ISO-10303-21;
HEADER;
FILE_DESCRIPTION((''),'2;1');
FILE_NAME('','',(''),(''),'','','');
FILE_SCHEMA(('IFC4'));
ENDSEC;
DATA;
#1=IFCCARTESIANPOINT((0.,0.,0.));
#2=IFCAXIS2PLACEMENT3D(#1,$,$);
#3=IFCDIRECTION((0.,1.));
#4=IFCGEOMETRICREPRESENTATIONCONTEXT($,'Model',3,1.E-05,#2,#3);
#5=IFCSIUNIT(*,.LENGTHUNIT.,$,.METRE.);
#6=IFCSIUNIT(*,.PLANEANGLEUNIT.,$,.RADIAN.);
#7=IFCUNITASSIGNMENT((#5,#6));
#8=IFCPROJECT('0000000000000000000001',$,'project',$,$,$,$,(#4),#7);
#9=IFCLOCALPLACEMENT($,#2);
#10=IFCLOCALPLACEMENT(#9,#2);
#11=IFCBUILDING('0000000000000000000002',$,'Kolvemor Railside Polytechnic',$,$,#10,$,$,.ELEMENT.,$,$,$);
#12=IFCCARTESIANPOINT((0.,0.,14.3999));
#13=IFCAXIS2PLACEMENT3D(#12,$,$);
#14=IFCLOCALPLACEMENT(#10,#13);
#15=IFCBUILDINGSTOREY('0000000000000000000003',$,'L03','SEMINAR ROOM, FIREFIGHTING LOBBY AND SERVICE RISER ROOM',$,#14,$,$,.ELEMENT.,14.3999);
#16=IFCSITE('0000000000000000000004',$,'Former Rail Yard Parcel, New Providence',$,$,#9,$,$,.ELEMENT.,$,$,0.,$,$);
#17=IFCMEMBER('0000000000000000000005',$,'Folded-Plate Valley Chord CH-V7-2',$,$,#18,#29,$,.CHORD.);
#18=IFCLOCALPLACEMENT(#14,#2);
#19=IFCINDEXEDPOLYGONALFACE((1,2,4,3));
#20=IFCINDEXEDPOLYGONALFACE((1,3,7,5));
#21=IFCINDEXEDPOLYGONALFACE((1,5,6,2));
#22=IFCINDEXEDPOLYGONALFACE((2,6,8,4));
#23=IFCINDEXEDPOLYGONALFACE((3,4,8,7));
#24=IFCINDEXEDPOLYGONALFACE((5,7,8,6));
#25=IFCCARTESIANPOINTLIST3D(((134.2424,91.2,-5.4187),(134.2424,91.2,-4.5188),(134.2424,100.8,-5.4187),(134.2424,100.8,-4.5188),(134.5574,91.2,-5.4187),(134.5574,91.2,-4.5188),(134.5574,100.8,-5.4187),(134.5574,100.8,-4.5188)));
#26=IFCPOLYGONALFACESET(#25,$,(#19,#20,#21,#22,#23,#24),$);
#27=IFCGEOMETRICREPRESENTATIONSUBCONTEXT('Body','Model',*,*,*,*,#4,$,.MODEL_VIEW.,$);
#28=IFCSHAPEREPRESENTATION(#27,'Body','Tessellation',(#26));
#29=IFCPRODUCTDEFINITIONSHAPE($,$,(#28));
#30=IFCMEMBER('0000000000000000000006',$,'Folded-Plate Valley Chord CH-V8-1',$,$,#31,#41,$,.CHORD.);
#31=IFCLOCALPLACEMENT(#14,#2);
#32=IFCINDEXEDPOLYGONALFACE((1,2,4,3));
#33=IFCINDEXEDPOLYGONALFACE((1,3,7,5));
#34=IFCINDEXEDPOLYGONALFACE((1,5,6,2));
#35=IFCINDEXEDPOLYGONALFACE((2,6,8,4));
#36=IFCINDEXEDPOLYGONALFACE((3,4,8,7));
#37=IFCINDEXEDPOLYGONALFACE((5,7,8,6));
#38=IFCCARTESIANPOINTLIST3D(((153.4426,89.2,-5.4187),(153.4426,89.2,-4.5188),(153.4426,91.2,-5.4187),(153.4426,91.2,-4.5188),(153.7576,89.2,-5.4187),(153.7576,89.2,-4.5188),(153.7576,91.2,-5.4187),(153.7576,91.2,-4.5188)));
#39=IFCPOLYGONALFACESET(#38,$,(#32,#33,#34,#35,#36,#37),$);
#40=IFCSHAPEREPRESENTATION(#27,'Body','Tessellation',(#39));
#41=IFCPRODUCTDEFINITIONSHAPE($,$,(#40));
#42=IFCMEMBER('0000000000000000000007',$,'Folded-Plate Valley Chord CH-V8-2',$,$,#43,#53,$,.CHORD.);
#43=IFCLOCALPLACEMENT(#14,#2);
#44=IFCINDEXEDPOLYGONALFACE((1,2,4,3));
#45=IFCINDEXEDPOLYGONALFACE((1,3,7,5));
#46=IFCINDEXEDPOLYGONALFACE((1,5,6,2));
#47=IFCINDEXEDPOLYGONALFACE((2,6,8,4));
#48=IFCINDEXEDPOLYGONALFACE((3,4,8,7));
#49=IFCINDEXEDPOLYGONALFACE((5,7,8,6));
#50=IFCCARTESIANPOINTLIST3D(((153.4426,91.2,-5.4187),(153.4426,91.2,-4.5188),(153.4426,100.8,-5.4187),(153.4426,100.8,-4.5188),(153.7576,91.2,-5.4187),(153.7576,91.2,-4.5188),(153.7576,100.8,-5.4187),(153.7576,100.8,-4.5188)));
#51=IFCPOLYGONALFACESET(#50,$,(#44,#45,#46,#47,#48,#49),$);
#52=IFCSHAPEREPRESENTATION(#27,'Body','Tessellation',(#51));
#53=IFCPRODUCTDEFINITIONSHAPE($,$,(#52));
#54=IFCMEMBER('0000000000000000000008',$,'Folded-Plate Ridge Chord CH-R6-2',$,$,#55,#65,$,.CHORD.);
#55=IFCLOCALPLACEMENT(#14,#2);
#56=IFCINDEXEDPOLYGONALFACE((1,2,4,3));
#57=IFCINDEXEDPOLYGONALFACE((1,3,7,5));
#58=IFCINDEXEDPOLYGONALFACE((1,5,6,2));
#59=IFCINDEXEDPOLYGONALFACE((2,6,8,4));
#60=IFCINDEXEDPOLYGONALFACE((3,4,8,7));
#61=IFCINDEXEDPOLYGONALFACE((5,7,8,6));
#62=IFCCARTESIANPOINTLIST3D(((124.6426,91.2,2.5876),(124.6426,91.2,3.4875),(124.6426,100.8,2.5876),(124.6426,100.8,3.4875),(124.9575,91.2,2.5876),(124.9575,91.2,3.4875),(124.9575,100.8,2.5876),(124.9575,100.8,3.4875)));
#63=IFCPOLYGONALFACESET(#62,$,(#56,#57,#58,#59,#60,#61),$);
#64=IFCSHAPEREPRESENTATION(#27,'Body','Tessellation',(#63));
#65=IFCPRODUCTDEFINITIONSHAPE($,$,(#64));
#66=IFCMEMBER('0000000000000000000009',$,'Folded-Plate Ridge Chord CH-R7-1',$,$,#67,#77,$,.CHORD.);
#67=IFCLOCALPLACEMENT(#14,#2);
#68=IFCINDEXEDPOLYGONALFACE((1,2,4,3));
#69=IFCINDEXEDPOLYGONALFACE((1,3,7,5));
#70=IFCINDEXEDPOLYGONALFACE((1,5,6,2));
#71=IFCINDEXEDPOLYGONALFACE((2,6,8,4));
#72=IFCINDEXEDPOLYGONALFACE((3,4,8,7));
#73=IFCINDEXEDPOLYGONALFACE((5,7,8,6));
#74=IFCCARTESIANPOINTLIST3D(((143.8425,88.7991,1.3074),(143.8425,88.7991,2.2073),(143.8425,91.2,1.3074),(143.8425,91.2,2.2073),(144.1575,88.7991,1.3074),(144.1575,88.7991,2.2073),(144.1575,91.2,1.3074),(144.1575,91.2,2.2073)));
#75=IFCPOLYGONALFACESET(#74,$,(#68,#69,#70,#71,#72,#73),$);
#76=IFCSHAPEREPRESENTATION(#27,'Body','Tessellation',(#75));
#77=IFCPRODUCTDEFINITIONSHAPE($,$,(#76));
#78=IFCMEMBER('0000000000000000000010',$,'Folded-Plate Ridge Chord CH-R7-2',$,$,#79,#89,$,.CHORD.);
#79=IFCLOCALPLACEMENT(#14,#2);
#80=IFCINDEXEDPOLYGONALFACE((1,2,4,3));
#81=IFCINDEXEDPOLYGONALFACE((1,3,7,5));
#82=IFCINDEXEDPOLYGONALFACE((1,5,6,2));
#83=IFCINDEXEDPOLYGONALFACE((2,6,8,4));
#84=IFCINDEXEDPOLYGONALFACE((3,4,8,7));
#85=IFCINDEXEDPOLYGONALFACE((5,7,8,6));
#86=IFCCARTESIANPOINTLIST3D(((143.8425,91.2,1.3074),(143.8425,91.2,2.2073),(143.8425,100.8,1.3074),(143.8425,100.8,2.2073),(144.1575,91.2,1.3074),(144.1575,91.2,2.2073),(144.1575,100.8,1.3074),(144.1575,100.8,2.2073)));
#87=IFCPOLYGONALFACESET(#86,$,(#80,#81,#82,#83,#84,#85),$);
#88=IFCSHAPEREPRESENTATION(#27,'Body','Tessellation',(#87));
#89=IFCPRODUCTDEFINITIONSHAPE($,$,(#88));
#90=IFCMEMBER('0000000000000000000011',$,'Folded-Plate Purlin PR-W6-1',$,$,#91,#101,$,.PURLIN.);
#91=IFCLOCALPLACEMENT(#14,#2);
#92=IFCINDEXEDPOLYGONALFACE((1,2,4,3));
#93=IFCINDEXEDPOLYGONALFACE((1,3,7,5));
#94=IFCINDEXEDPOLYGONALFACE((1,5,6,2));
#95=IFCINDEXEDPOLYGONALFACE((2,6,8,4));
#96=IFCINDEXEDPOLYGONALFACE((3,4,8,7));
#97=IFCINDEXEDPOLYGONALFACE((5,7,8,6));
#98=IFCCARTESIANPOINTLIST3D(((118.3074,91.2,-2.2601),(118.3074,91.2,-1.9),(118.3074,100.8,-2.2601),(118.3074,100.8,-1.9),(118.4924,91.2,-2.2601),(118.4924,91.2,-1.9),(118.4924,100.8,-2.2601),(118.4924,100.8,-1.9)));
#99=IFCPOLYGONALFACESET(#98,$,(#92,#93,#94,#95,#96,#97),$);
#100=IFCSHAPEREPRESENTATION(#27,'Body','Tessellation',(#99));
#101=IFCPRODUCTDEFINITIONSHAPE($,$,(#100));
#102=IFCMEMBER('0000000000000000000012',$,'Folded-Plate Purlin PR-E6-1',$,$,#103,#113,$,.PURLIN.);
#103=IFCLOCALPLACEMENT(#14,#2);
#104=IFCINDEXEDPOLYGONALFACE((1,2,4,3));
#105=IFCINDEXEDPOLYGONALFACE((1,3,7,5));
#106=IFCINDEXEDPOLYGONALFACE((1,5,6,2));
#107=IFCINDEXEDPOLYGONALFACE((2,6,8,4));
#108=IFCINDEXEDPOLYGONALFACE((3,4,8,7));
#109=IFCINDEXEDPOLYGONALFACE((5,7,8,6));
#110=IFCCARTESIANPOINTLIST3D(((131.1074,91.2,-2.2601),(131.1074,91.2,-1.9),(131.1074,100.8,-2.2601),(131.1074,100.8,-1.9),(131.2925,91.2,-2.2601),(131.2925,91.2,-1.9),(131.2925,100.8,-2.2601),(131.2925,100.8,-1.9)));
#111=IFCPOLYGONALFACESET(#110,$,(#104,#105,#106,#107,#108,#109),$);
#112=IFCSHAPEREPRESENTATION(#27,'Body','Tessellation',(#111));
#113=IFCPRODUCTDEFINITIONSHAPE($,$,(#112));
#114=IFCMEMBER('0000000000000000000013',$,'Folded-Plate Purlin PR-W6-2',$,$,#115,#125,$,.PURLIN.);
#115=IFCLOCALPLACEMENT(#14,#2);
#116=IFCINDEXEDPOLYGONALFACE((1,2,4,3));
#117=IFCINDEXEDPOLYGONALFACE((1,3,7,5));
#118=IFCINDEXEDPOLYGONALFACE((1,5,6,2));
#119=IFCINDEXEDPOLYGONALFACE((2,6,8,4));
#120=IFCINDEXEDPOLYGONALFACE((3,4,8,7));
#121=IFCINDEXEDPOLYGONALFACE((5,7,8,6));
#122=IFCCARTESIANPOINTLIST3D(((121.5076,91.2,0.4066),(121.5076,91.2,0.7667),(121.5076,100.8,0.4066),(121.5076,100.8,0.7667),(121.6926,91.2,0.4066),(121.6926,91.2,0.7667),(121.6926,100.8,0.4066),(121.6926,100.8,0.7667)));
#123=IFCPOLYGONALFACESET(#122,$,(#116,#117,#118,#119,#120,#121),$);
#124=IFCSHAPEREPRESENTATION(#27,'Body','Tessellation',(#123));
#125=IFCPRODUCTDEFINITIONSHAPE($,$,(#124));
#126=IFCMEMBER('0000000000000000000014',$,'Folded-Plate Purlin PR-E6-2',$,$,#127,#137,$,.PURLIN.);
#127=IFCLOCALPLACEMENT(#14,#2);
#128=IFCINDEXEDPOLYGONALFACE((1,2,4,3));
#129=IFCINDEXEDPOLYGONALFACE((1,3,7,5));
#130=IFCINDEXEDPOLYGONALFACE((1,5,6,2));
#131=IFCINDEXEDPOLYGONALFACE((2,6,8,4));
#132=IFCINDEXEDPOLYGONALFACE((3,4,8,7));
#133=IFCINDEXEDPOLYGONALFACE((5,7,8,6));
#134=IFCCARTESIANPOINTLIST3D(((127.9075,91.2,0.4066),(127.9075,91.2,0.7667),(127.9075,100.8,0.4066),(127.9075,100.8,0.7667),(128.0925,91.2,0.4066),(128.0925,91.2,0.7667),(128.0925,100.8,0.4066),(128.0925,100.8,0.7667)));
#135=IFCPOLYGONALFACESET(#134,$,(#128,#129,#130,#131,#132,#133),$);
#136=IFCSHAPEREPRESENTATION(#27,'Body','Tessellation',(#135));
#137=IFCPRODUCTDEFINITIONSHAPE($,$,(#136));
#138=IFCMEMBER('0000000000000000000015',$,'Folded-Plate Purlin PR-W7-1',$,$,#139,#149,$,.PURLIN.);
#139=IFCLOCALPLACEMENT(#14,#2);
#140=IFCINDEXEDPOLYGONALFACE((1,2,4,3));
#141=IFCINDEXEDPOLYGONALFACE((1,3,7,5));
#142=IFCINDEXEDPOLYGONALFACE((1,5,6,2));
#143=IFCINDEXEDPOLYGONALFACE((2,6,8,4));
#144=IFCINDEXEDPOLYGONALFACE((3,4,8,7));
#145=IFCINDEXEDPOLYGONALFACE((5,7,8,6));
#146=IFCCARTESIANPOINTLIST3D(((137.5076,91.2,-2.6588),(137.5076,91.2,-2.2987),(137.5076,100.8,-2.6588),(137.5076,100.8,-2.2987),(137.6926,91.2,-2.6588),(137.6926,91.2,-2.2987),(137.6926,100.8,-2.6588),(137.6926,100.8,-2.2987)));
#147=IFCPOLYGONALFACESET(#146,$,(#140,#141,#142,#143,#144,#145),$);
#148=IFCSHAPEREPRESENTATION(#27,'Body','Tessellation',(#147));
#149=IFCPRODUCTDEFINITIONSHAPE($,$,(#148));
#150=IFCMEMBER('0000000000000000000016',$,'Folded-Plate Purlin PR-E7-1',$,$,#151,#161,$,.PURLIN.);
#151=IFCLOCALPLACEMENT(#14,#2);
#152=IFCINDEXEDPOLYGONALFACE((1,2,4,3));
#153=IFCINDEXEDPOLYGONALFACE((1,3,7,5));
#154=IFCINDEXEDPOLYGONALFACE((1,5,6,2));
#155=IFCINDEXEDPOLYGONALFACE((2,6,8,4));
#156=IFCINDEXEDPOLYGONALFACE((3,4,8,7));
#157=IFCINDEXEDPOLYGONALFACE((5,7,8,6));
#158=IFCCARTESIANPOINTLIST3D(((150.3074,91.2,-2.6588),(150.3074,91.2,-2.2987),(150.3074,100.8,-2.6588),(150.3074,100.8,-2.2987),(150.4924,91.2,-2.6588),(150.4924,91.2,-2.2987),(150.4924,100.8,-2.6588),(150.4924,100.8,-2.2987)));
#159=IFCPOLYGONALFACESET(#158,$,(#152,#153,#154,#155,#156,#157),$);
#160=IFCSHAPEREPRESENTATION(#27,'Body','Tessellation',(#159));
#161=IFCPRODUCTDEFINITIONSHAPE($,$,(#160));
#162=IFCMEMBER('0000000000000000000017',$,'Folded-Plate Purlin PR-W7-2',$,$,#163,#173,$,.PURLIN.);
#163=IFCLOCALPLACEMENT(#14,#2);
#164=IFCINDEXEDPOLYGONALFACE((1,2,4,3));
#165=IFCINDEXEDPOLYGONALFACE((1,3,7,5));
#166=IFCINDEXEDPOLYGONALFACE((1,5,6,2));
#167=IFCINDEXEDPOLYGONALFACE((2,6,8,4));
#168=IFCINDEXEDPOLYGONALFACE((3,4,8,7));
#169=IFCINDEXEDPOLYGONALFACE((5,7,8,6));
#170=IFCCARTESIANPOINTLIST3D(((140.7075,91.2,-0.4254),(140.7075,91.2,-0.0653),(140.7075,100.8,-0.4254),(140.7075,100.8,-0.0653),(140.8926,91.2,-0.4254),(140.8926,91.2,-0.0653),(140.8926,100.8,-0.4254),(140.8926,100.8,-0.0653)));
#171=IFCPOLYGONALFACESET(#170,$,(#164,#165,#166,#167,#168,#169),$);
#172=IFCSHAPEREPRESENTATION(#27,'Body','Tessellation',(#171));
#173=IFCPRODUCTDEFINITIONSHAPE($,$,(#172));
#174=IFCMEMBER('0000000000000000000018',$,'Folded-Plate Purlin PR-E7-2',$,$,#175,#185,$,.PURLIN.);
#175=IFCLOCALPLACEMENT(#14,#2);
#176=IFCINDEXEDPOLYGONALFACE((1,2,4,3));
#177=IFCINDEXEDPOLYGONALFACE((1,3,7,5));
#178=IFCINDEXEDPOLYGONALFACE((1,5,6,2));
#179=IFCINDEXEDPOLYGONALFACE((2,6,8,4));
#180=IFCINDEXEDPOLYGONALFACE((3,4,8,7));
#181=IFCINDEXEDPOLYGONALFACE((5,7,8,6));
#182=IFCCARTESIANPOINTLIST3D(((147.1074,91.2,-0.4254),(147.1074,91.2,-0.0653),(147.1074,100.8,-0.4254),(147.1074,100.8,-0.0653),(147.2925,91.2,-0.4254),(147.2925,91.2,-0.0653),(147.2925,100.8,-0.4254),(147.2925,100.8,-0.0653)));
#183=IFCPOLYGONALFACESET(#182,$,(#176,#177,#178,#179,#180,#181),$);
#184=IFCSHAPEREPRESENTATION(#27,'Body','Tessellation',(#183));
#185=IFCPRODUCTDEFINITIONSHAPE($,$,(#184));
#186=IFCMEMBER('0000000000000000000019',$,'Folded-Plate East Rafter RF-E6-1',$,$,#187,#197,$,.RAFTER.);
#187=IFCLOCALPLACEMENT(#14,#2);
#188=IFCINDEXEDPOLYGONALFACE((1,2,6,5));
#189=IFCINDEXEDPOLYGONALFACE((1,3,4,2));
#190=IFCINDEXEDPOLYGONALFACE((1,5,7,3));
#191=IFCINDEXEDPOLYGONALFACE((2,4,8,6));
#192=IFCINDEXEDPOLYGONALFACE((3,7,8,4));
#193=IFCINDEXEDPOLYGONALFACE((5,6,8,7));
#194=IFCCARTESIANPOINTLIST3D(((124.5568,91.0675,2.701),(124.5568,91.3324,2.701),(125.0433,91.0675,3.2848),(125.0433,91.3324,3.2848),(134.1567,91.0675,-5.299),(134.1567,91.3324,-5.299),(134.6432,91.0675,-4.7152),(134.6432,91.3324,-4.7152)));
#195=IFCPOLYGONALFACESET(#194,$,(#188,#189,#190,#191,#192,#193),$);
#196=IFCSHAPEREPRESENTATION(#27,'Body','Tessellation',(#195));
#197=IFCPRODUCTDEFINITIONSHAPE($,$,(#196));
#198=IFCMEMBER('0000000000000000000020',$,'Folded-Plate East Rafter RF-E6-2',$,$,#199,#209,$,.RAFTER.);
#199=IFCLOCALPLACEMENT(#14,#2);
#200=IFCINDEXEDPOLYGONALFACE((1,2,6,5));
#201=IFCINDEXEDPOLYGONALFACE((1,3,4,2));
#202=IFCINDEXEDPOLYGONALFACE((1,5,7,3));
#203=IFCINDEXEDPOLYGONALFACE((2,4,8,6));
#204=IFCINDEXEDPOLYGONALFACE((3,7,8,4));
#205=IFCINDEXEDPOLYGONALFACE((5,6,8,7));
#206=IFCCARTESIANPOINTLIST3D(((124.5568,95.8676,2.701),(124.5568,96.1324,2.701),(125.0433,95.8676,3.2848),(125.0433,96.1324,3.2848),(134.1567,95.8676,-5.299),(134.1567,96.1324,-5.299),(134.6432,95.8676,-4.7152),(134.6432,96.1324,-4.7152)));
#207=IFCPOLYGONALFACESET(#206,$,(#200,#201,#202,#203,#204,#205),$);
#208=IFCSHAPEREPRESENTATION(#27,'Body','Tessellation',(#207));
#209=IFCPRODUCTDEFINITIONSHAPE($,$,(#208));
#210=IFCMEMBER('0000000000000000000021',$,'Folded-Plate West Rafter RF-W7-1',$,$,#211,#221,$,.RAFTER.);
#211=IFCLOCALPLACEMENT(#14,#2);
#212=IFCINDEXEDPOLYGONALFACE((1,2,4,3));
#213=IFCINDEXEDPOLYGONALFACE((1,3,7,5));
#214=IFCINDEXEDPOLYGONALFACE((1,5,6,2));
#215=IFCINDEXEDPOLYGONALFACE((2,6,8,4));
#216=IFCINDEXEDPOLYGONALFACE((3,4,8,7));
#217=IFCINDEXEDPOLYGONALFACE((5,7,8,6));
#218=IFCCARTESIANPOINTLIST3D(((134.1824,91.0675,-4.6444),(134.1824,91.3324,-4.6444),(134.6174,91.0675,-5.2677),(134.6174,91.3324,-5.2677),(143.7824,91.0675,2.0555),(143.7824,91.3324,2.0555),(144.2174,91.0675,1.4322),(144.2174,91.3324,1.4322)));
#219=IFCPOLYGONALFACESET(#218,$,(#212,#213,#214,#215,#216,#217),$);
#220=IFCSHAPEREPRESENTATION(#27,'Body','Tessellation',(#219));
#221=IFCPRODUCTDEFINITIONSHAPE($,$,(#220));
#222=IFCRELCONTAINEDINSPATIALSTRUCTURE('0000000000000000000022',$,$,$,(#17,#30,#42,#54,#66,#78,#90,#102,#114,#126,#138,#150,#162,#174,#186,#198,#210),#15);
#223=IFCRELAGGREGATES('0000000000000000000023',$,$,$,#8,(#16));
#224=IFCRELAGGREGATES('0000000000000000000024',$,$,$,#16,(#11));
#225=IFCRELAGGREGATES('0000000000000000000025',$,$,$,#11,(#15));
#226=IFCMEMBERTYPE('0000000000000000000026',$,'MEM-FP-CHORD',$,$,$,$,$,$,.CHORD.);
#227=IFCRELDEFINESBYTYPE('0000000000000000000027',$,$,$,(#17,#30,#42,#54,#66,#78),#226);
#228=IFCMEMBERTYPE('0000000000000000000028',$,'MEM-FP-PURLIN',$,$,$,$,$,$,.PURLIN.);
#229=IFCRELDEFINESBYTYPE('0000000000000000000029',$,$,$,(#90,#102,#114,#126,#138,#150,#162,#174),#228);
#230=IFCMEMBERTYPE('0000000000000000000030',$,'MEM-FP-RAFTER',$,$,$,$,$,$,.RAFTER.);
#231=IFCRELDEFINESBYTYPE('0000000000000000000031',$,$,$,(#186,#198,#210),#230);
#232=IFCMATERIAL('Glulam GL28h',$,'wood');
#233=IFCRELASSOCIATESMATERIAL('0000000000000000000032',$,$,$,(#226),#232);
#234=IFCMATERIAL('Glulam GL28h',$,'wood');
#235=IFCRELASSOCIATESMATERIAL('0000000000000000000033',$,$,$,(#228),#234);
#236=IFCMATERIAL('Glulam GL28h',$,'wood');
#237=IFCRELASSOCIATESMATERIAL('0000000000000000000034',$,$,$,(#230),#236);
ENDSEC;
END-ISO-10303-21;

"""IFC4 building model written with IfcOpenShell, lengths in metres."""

from ifc_helpers import new_model, si_unit, direction, frame, origin, origin_2d, place, context, subcontext, project, spatial, rectangle, extrude, material, material_profile, profile_set, type_object, element, save


model = new_model("IFC4")

# Units and contexts
model_context = context("Model", 3, precision=1e-05, world=origin(), true_north=direction((0.0, 1.0)))
body_context = subcontext(model_context, "Body", "Model", "MODEL_VIEW")
ifc_project = project(units=[si_unit("LENGTHUNIT", "METRE"), si_unit("PLANEANGLEUNIT", "RADIAN")], contexts=[model_context])

# Site, building, storey
site_placement = place(None, origin())
site = spatial("IfcSite", under=ifc_project, at=site_placement, Name="Former Rail Yard Parcel, New Providence", CompositionType="ELEMENT", RefElevation=0.0)
building_placement = place(site_placement, origin())
building = spatial("IfcBuilding", under=site, at=building_placement, Name="Kolvemor Railside Polytechnic", CompositionType="ELEMENT")
storey_placement = place(building_placement, frame((0.0, 0.0, 14.3999)))
storey = spatial("IfcBuildingStorey", under=building, at=storey_placement, Name="L03", Description="SEMINAR ROOM, FIREFIGHTING LOBBY AND SERVICE RISER ROOM", CompositionType="ELEMENT", Elevation=14.3999)

# Members
ifc_material_1 = material(Name="Glulam GL28h", Category="wood")
ifc_material_profile_1 = material_profile(ifc_material_1, rectangle(XDim=0.3149, YDim=0.8999, at=origin_2d()), Name="GL315x900")
ifc_profile_set_1 = profile_set([ifc_material_profile_1], Name="Glulam GL28h")
member_type_1 = type_object("IfcMemberType", Name="MEM-FP-CHORD", PredefinedType="CHORD", material=ifc_profile_set_1)
member_1_placement = place(storey_placement, frame((134.3999, 91.2, -4.9688), z_axis=(0.0, 1.0, 0.0), x_axis=(-1.0, 0.0, 0.0)))
element("IfcMember", 1, at=member_1_placement, inside=storey, type_object=member_type_1, Name="Folded-Plate Valley Chord CH-V7-2", PredefinedType="CHORD", context=body_context, shape_type="SweptSolid", body=[
    extrude(rectangle(XDim=0.3149, YDim=0.8999, at=origin_2d()), origin(), (0.0, 0.0, 1.0), 9.6001),
])
member_2_placement = place(storey_placement, frame((153.6001, 89.2, -4.9688), z_axis=(0.0, 1.0, 0.0), x_axis=(-1.0, 0.0, 0.0)))
element("IfcMember", 2, at=member_2_placement, inside=storey, type_object=member_type_1, Name="Folded-Plate Valley Chord CH-V8-1", PredefinedType="CHORD", context=body_context, shape_type="SweptSolid", body=[
    extrude(rectangle(XDim=0.3149, YDim=0.8999, at=origin_2d()), origin(), (0.0, 0.0, 1.0), 2.0),
])
for number, where, z_axis, x_axis, name in (
    (3, (153.6001, 91.2, -4.9688), (0.0, 1.0, 0.0), (-1.0, 0.0, 0.0), "Folded-Plate Valley Chord CH-V8-2"),
    (4, (124.8, 91.2, 3.0376), (0.0, 1.0, 0.0), (-1.0, 0.0, 0.0), "Folded-Plate Ridge Chord CH-R6-2"),
):
    element("IfcMember", number, at=place(storey_placement, frame(where, z_axis=z_axis, x_axis=x_axis)), inside=storey, type_object=member_type_1, Name=name, PredefinedType="CHORD", context=body_context, shape_type="SweptSolid", body=[
        extrude(rectangle(XDim=0.3149, YDim=0.8999, at=origin_2d()), origin(), (0.0, 0.0, 1.0), 9.6001),
    ])
member_3_placement = place(storey_placement, frame((144.0, 88.7991, 1.7573), z_axis=(0.0, 1.0, 0.0), x_axis=(-1.0, 0.0, 0.0)))
element("IfcMember", 5, at=member_3_placement, inside=storey, type_object=member_type_1, Name="Folded-Plate Ridge Chord CH-R7-1", PredefinedType="CHORD", context=body_context, shape_type="SweptSolid", body=[
    extrude(rectangle(XDim=0.3149, YDim=0.8999, at=origin_2d()), origin(), (0.0, 0.0, 1.0), 2.4009),
])
member_4_placement = place(storey_placement, frame((144.0, 91.2, 1.7573), z_axis=(0.0, 1.0, 0.0), x_axis=(-1.0, 0.0, 0.0)))
element("IfcMember", 6, at=member_4_placement, inside=storey, type_object=member_type_1, Name="Folded-Plate Ridge Chord CH-R7-2", PredefinedType="CHORD", context=body_context, shape_type="SweptSolid", body=[
    extrude(rectangle(XDim=0.3149, YDim=0.8999, at=origin_2d()), origin(), (0.0, 0.0, 1.0), 9.6001),
])
ifc_material_2 = material(Name="Glulam GL28h", Category="wood")
ifc_material_profile_2 = material_profile(ifc_material_2, rectangle(XDim=0.1851, YDim=0.3601, at=origin_2d()), Name="GL185x360")
ifc_profile_set_2 = profile_set([ifc_material_profile_2], Name="Glulam GL28h")
member_type_2 = type_object("IfcMemberType", Name="MEM-FP-PURLIN", PredefinedType="PURLIN", material=ifc_profile_set_2)
for number, where, z_axis, x_axis, name in (
    (7, (118.3999, 91.2, -2.0801), (0.0, 1.0, 0.0), (-1.0, 0.0, 0.0), "Folded-Plate Purlin PR-W6-1"),
    (8, (131.2, 91.2, -2.0801), (0.0, 1.0, 0.0), (-1.0, 0.0, 0.0), "Folded-Plate Purlin PR-E6-1"),
    (9, (121.6001, 91.2, 0.5867), (0.0, 1.0, 0.0), (-1.0, 0.0, 0.0), "Folded-Plate Purlin PR-W6-2"),
    (10, (128.0, 91.2, 0.5867), (0.0, 1.0, 0.0), (-1.0, 0.0, 0.0), "Folded-Plate Purlin PR-E6-2"),
    (11, (137.6001, 91.2, -2.4788), (0.0, 1.0, 0.0), (-1.0, 0.0, 0.0), "Folded-Plate Purlin PR-W7-1"),
    (12, (150.3999, 91.2, -2.4788), (0.0, 1.0, 0.0), (-1.0, 0.0, 0.0), "Folded-Plate Purlin PR-E7-1"),
    (13, (140.8, 91.2, -0.2454), (0.0, 1.0, 0.0), (-1.0, 0.0, 0.0), "Folded-Plate Purlin PR-W7-2"),
    (14, (147.2, 91.2, -0.2454), (0.0, 1.0, 0.0), (-1.0, 0.0, 0.0), "Folded-Plate Purlin PR-E7-2"),
):
    element("IfcMember", number, at=place(storey_placement, frame(where, z_axis=z_axis, x_axis=x_axis)), inside=storey, type_object=member_type_2, Name=name, PredefinedType="PURLIN", context=body_context, shape_type="SweptSolid", body=[
        extrude(rectangle(XDim=0.1851, YDim=0.3601, at=origin_2d()), origin(), (0.0, 0.0, 1.0), 9.6001),
    ])
ifc_material_3 = material(Name="Glulam GL28h", Category="wood")
ifc_material_profile_3 = material_profile(ifc_material_3, rectangle(XDim=0.2649, YDim=0.76, at=origin_2d()), Name="GL265x760")
ifc_profile_set_3 = profile_set([ifc_material_profile_3], Name="Glulam GL28h")
member_type_3 = type_object("IfcMemberType", Name="MEM-FP-RAFTER", PredefinedType="RAFTER", material=ifc_profile_set_3)
for number, where, z_axis, x_axis, name in (
    (15, (124.8, 91.2, 2.9929), (0.768216, 0.0, -0.64019), (0.0, 1.0, 0.0), "Folded-Plate East Rafter RF-E6-1"),
    (16, (124.8, 96.0, 2.9929), (0.768216, 0.0, -0.64019), (0.0, 1.0, 0.0), "Folded-Plate East Rafter RF-E6-2"),
):
    element("IfcMember", number, at=place(storey_placement, frame(where, z_axis=z_axis, x_axis=x_axis)), inside=storey, type_object=member_type_3, Name=name, PredefinedType="RAFTER", context=body_context, shape_type="SweptSolid", body=[
        extrude(rectangle(XDim=0.2649, YDim=0.76, at=origin_2d()), origin(), (0.0, 0.0, 1.0), 12.4963),
    ])
for number, where, z_axis, x_axis, name in (
    (17, (134.3999, 91.2, -4.9561), (0.820038, 0.0, 0.572308), (0.0, 1.0, 0.0), "Folded-Plate West Rafter RF-W7-1"),
):
    element("IfcMember", number, at=place(storey_placement, frame(where, z_axis=z_axis, x_axis=x_axis)), inside=storey, type_object=member_type_3, Name=name, PredefinedType="RAFTER", context=body_context, shape_type="SweptSolid", body=[
        extrude(rectangle(XDim=0.2649, YDim=0.76, at=origin_2d()), origin(), (0.0, 0.0, 1.0), 11.7068),
    ])

save(model, "model.ifc")
